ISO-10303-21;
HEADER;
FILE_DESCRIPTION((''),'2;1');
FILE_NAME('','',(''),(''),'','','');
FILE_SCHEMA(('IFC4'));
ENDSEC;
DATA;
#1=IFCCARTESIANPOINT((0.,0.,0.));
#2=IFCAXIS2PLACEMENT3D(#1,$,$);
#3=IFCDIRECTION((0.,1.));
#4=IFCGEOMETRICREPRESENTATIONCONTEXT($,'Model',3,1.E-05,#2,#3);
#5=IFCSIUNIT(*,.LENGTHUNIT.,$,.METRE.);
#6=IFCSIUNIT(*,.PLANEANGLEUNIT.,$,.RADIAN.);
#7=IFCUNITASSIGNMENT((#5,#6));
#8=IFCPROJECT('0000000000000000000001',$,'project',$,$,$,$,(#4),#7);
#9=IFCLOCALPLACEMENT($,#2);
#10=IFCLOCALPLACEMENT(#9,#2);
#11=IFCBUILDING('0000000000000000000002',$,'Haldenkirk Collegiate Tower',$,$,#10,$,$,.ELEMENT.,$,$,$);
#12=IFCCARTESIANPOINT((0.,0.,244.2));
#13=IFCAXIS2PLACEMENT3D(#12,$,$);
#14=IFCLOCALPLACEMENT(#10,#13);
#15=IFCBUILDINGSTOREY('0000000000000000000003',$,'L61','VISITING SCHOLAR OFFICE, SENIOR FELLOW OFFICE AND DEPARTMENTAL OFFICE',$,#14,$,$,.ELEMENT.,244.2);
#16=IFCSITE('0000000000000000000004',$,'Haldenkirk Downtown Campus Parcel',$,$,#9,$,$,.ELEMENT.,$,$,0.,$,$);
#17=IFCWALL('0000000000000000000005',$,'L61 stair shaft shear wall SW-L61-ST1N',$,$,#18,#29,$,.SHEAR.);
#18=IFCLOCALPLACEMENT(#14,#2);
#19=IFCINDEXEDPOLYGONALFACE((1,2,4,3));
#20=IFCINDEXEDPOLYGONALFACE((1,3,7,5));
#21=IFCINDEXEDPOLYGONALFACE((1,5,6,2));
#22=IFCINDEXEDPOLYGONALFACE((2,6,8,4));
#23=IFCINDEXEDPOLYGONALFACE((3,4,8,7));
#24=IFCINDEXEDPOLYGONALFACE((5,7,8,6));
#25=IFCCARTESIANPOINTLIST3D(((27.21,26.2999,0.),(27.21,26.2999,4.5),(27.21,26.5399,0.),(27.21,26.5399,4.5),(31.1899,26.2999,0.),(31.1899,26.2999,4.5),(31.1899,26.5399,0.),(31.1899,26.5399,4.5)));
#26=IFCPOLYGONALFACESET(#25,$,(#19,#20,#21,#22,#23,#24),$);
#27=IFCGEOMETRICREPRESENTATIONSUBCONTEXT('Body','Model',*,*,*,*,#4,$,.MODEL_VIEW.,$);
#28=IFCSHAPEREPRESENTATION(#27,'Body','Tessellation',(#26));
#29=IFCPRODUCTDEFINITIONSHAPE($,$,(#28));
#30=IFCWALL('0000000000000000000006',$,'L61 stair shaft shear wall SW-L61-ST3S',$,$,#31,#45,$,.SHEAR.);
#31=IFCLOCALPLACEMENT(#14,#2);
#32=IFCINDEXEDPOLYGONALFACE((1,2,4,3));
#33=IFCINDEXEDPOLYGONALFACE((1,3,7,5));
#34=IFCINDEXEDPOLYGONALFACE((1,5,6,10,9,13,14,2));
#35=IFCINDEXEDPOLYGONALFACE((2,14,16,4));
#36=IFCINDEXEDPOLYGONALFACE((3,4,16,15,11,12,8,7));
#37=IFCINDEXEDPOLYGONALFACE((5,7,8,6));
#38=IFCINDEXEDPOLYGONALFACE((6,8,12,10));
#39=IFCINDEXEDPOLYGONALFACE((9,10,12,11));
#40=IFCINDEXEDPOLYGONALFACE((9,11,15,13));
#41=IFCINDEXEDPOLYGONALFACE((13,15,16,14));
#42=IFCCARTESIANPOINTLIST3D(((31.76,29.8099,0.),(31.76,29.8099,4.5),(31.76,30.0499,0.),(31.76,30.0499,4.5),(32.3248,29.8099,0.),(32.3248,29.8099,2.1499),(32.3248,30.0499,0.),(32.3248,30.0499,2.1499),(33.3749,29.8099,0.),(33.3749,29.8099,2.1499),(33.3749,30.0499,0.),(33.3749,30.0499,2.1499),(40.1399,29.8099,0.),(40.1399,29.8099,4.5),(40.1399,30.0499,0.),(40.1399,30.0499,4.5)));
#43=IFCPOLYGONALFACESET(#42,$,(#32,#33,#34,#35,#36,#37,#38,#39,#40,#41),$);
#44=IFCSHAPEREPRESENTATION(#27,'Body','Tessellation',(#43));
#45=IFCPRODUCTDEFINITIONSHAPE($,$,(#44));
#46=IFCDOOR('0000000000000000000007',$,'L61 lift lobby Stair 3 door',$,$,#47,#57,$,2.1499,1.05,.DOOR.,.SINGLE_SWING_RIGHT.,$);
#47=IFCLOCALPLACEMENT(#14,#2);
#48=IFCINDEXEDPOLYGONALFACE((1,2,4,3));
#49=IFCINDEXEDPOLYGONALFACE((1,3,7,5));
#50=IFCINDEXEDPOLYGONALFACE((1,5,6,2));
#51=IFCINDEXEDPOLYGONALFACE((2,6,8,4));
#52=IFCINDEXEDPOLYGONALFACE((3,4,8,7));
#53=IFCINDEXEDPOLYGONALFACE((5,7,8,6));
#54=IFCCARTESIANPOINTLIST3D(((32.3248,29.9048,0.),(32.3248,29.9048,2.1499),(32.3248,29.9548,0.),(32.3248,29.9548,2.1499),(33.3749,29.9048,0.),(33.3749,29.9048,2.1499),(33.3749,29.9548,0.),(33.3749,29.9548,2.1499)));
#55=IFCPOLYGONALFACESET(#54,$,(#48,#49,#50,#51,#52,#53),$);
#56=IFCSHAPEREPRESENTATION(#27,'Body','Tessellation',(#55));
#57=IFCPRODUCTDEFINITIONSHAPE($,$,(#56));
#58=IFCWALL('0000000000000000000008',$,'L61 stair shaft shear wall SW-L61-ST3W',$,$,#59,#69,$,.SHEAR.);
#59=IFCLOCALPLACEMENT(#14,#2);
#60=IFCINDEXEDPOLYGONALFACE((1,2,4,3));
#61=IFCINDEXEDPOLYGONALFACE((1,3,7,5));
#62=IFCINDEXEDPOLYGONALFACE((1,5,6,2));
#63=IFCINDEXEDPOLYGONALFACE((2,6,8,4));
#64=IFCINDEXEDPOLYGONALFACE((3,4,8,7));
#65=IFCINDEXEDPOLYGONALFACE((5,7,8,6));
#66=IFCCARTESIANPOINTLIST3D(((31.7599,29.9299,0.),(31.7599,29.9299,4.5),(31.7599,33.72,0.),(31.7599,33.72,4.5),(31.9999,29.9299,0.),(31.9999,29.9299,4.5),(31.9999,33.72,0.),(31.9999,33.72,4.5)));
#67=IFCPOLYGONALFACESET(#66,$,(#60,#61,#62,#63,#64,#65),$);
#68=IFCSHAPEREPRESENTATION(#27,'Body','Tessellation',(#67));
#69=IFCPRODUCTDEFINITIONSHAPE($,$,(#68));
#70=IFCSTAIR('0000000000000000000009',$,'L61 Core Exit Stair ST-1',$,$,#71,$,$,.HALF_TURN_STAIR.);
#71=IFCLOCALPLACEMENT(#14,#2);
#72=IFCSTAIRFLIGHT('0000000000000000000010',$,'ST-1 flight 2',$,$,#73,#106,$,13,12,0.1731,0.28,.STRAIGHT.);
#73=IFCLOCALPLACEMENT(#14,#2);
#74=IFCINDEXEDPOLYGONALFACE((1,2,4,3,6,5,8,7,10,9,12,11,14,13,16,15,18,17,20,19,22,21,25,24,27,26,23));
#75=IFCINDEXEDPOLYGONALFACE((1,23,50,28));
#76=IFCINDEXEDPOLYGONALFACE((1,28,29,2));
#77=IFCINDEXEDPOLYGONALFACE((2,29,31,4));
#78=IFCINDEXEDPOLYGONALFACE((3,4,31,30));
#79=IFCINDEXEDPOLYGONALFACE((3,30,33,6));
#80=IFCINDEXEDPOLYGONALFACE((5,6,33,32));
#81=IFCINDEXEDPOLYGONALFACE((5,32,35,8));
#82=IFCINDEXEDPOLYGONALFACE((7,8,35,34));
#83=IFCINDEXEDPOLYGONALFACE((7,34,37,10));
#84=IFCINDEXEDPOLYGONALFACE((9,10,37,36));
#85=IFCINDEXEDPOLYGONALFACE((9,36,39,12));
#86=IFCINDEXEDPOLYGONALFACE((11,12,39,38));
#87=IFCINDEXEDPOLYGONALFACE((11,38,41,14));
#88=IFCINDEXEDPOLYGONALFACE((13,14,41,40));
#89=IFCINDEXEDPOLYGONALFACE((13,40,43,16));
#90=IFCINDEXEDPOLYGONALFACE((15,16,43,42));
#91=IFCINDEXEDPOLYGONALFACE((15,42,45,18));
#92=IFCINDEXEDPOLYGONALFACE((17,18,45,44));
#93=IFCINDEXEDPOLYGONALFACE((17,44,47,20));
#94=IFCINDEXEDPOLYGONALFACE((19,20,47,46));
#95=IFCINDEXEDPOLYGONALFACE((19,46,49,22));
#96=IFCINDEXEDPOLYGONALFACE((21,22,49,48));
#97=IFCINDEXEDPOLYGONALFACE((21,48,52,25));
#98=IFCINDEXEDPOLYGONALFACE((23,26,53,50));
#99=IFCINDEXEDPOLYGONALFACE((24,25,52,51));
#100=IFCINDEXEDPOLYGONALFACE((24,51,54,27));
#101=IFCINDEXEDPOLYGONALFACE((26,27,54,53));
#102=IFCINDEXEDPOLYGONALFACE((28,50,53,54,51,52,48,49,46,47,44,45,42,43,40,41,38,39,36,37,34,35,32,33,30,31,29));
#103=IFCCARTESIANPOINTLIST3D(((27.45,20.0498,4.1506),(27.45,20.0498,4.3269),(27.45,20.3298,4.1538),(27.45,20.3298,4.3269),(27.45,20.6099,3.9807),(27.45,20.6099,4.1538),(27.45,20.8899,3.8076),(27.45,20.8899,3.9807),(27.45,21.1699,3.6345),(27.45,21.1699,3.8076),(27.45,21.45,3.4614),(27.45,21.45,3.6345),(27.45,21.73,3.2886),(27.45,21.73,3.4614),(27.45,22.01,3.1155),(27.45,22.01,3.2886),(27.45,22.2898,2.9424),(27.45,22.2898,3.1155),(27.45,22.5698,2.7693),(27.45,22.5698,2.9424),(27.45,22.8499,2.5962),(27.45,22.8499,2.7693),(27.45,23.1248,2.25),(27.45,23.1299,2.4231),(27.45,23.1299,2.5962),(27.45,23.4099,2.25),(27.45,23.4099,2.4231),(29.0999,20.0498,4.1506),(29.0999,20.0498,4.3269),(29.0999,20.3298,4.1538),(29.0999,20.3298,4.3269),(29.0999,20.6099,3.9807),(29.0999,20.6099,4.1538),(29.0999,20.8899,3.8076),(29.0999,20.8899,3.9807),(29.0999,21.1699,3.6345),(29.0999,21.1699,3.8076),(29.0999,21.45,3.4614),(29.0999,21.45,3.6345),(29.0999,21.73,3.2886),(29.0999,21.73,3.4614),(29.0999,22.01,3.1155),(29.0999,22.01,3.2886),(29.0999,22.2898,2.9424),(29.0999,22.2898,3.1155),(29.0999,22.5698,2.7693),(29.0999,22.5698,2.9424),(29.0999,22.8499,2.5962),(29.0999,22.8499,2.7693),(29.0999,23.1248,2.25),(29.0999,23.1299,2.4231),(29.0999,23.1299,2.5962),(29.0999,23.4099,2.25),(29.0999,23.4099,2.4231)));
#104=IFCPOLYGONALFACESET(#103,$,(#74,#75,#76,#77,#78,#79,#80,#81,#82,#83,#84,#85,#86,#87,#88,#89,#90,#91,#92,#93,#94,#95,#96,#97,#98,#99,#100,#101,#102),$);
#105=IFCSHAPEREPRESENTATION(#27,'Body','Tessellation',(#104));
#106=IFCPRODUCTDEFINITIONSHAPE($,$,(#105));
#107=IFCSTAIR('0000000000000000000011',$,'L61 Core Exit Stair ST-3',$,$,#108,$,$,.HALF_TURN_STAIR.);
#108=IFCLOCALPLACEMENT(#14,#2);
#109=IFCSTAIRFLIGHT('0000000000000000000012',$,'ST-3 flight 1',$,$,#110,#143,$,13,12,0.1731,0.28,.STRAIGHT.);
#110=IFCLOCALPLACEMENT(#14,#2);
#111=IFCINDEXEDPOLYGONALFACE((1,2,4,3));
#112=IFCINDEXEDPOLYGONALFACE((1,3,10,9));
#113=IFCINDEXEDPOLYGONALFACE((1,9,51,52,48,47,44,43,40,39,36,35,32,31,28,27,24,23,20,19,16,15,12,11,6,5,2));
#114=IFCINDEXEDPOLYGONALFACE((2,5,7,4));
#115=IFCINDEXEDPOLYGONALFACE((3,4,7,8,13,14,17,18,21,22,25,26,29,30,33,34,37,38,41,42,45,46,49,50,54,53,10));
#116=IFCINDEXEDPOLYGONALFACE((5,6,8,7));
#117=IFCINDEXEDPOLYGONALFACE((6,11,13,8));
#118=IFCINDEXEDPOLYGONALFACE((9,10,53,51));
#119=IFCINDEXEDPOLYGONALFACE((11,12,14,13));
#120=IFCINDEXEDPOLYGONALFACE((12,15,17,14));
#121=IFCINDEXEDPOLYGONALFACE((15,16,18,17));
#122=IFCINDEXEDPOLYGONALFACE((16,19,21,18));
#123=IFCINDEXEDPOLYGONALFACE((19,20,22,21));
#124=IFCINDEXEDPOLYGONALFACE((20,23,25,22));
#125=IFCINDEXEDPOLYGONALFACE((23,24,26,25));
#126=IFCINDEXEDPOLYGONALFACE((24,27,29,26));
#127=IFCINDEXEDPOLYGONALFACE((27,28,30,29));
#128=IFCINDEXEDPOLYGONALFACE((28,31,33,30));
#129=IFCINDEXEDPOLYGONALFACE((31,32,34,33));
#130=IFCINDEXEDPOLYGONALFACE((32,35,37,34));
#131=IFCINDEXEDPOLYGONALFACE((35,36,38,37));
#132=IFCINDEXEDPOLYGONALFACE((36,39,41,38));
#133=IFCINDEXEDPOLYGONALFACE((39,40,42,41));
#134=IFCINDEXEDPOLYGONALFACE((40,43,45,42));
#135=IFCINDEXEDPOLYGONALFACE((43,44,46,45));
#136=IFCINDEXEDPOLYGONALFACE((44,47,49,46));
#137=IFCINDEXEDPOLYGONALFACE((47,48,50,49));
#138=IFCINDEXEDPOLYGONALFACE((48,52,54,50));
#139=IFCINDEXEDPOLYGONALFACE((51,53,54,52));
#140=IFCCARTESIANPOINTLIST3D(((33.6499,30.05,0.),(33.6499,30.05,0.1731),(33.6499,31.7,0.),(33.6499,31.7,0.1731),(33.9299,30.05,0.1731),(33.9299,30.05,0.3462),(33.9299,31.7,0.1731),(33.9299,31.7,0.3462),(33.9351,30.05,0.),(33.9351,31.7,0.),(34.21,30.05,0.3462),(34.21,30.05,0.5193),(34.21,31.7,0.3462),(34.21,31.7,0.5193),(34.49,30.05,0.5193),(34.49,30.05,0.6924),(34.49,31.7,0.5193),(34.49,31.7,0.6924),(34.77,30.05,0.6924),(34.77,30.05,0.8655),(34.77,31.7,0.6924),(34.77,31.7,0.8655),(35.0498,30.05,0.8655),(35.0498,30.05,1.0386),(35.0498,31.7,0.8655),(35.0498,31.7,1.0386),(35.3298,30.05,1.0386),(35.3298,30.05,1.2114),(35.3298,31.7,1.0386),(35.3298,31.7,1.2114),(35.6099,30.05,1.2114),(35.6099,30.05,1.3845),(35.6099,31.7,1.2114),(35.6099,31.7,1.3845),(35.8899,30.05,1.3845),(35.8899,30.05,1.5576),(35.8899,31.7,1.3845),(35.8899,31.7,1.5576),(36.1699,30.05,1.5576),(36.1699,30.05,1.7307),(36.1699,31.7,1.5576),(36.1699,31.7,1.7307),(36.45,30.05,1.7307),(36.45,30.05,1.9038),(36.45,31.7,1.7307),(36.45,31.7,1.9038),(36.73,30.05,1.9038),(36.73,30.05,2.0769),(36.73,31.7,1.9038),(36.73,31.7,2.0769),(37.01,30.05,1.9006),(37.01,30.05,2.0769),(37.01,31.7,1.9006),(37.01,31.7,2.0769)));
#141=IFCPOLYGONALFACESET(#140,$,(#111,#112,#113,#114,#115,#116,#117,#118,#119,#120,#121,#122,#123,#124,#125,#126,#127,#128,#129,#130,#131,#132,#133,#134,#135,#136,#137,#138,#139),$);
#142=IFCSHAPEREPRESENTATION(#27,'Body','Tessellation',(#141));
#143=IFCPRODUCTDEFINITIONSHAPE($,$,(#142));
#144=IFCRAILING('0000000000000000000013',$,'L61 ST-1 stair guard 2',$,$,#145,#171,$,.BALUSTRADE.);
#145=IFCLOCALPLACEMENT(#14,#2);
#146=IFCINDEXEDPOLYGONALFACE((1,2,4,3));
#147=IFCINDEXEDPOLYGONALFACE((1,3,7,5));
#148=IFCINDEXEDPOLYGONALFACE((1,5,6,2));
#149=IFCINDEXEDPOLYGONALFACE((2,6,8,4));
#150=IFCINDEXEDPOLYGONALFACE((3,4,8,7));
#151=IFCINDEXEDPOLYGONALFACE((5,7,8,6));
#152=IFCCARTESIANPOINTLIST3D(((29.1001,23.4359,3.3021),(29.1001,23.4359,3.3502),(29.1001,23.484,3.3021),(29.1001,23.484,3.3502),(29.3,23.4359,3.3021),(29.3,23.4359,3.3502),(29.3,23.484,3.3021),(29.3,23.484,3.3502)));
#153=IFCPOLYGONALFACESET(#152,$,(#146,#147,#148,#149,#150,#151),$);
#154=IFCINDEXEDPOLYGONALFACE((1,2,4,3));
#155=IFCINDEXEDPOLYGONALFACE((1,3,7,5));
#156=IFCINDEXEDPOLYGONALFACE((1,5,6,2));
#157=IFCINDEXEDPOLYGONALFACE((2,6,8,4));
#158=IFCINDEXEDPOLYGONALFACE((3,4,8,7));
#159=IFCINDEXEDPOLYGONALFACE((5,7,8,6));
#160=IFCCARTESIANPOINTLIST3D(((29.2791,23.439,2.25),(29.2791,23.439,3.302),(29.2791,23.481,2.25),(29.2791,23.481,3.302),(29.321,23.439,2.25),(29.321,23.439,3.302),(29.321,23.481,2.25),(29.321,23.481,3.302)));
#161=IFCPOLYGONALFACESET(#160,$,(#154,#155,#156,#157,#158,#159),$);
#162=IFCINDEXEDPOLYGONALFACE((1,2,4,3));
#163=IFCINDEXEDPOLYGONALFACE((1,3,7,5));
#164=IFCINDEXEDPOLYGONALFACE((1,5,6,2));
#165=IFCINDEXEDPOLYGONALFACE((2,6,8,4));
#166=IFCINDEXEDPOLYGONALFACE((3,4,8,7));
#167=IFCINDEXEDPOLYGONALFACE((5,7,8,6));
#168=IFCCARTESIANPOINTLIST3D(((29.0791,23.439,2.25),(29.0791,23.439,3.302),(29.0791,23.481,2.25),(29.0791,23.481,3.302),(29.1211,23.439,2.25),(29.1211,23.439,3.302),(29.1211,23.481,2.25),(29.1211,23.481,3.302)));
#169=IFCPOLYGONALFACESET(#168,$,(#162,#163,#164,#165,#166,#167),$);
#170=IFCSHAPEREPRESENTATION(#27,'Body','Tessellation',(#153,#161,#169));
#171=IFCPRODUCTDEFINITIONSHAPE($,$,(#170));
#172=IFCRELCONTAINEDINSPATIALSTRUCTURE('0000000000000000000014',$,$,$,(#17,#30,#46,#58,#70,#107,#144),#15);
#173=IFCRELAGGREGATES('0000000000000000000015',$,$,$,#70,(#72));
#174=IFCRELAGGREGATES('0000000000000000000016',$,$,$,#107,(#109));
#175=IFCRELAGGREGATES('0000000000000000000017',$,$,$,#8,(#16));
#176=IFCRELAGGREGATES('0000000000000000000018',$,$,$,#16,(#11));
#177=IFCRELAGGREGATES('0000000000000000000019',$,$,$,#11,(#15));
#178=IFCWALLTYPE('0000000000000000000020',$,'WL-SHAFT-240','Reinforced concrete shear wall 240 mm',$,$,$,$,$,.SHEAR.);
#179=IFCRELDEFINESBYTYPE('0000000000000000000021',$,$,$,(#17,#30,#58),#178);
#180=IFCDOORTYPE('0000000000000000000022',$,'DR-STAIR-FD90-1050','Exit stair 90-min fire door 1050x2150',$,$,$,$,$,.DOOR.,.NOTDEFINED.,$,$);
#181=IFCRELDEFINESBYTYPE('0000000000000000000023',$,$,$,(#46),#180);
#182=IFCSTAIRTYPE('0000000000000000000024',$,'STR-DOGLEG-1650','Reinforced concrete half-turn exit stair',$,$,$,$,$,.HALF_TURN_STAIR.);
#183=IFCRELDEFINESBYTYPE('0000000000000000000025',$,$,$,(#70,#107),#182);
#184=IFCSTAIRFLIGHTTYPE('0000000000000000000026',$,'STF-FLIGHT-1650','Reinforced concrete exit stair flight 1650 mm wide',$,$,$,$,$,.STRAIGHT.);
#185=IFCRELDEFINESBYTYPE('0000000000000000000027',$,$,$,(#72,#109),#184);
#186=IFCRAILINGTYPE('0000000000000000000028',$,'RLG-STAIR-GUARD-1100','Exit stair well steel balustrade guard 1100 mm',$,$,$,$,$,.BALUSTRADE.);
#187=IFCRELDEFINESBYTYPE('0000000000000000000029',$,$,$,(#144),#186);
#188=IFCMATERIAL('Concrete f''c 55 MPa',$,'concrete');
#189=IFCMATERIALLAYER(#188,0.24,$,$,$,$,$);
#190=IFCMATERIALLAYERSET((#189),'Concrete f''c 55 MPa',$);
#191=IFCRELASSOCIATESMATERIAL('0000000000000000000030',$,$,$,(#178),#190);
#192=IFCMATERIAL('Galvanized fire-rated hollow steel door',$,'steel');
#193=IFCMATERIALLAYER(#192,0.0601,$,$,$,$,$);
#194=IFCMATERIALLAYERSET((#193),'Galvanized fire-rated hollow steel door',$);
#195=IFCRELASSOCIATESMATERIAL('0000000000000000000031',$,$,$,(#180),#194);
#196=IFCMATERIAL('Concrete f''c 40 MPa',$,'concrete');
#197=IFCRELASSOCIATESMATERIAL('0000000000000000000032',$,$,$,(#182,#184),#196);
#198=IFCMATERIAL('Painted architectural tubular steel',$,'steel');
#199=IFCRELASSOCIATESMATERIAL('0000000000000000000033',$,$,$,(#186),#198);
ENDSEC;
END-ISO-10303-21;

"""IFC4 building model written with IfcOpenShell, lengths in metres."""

from ifc_helpers import new_model, si_unit, direction, frame, frame_2d, origin, origin_2d, place, context, subcontext, project, spatial, polyline, rectangle, outline, extrude, material, layer, layer_set, type_object, element, fill, aggregate, save


model = new_model("IFC4")

# Units and contexts
model_context = context("Model", 3, precision=1e-05, world=origin(), true_north=direction((0.0, 1.0)))
body_context = subcontext(model_context, "Body", "Model", "MODEL_VIEW")
ifc_project = project(units=[si_unit("LENGTHUNIT", "METRE"), si_unit("PLANEANGLEUNIT", "RADIAN")], contexts=[model_context])

# Site, building, storey
site_placement = place(None, origin())
site = spatial("IfcSite", under=ifc_project, at=site_placement, Name="Haldenkirk Downtown Campus Parcel", CompositionType="ELEMENT", RefElevation=0.0)
building_placement = place(site_placement, origin())
building = spatial("IfcBuilding", under=site, at=building_placement, Name="Haldenkirk Collegiate Tower", CompositionType="ELEMENT")
storey_placement = place(building_placement, frame((0.0, 0.0, 244.2)))
storey = spatial("IfcBuildingStorey", under=building, at=storey_placement, Name="L61", Description="VISITING SCHOLAR OFFICE, SENIOR FELLOW OFFICE AND DEPARTMENTAL OFFICE", CompositionType="ELEMENT", Elevation=244.2)

# Shared definitions
ifc_material_1 = material(Name="Concrete f'c 55 MPa", Category="concrete")

# Wall
ifc_layer_1 = layer(ifc_material_1, 0.24)
ifc_layer_set_1 = layer_set([ifc_layer_1], Name="Concrete f'c 55 MPa")
wall_type_1 = type_object("IfcWallType", Name="WL-SHAFT-240", Description="Reinforced concrete shear wall 240 mm", PredefinedType="SHEAR", material=ifc_layer_set_1)
wall_1_placement = place(storey_placement, frame((27.21, 26.4199, 0.0), z_axis=(0.0, 0.0, 1.0), x_axis=(1.0, 0.0, 0.0)))
element("IfcWall", 1, at=wall_1_placement, inside=storey, type_object=wall_type_1, Name="L61 stair shaft shear wall SW-L61-ST1N", PredefinedType="SHEAR", context=body_context, shape_type="SweptSolid", body=[
    extrude(rectangle(XDim=3.98, YDim=0.24, at=frame_2d((1.99, 0.0))), origin(), (0.0, 0.0, 1.0), 4.5),
])

# Wall, opening, door
wall_2_placement = place(storey_placement, frame((31.76, 29.9299, 0.0), z_axis=(0.0, 0.0, 1.0), x_axis=(1.0, 0.0, 0.0)))
wall_2 = element("IfcWall", 2, at=wall_2_placement, inside=storey, type_object=wall_type_1, Name="L61 stair shaft shear wall SW-L61-ST3S", PredefinedType="SHEAR", context=body_context, shape_type="SweptSolid", body=[
    extrude(rectangle(XDim=8.3799, YDim=0.24, at=frame_2d((4.1899, 0.0))), origin(), (0.0, 0.0, 1.0), 4.5),
])
opening_1_placement = place(wall_2_placement, frame((0.5649, 0.0, 0.0)))
opening_1 = element("IfcOpeningElement", 3, at=opening_1_placement, cuts=wall_2, PredefinedType="OPENING", context=body_context, shape_type="SweptSolid", body=[
    extrude(rectangle(XDim=1.05, YDim=2.1499, at=frame_2d((0.5249, 1.075))), frame((0.0, 0.1299, 0.0), z_axis=(0.0, -1.0, 0.0), x_axis=(1.0, 0.0, 0.0)), (0.0, 0.0, 1.0), 0.26),
])
ifc_material_2 = material(Name="Galvanized fire-rated hollow steel door", Category="steel")
ifc_layer_2 = layer(ifc_material_2, 0.0601)
ifc_layer_set_2 = layer_set([ifc_layer_2], Name="Galvanized fire-rated hollow steel door")
door_type_1 = type_object("IfcDoorType", Name="DR-STAIR-FD90-1050", Description="Exit stair 90-min fire door 1050x2150", OperationType="NOTDEFINED", PredefinedType="DOOR", material=ifc_layer_set_2)
door_1_placement = place(opening_1_placement, origin())
door_1 = element("IfcDoor", 4, at=door_1_placement, inside=storey, type_object=door_type_1, Name="L61 lift lobby Stair 3 door", OperationType="SINGLE_SWING_RIGHT", OverallHeight=2.1499, OverallWidth=1.05, PredefinedType="DOOR", context=body_context, shape_type="SweptSolid", body=[
    extrude(rectangle(XDim=1.05, YDim=2.1499, at=frame_2d((0.5249, 1.075))), frame((0.0, 0.0249, 0.0), z_axis=(0.0, -1.0, 0.0), x_axis=(1.0, 0.0, 0.0)), (0.0, 0.0, 1.0), 0.05),
])
fill(opening_1, door_1)

# Wall
wall_3_placement = place(storey_placement, frame((31.8799, 29.9299, 0.0), z_axis=(0.0, 0.0, 1.0), x_axis=(0.0, 1.0, 0.0)))
element("IfcWall", 5, at=wall_3_placement, inside=storey, type_object=wall_type_1, Name="L61 stair shaft shear wall SW-L61-ST3W", PredefinedType="SHEAR", context=body_context, shape_type="SweptSolid", body=[
    extrude(rectangle(XDim=3.79, YDim=0.24, at=frame_2d((1.895, 0.0))), origin(), (0.0, 0.0, 1.0), 4.5),
])

# Stairs, stair flights
ifc_material_3 = material(Name="Concrete f'c 40 MPa", Category="concrete")
stair_type = type_object("IfcStairType", Name="STR-DOGLEG-1650", Description="Reinforced concrete half-turn exit stair", PredefinedType="HALF_TURN_STAIR", material=ifc_material_3)
stair_1_placement = place(storey_placement, origin())
stair_1 = element("IfcStair", 6, at=stair_1_placement, inside=storey, type_object=stair_type, Name="L61 Core Exit Stair ST-1", PredefinedType="HALF_TURN_STAIR")
stair_flight_type = type_object("IfcStairFlightType", Name="STF-FLIGHT-1650", Description="Reinforced concrete exit stair flight 1650 mm wide", PredefinedType="STRAIGHT", material=ifc_material_3)
stair_flight_1_placement = place(storey_placement, frame((28.2749, 23.4099, 2.25), z_axis=(0.0, 0.0, 1.0), x_axis=(0.0, -1.0, 0.0)))
stair_flight_1 = element("IfcStairFlight", 7, at=stair_flight_1_placement, type_object=stair_flight_type, Name="ST-1 flight 2", NumberOfRisers=13, NumberOfTreads=12, PredefinedType="STRAIGHT", RiserHeight=0.1731, TreadLength=0.28, context=body_context, shape_type="SweptSolid", body=[
    extrude(outline(polyline([(0.0, 0.0), (0.0, 0.1731), (0.28, 0.1731), (0.28, 0.3462), (0.5601, 0.3462), (0.5601, 0.5193), (0.8401, 0.5193), (0.8401, 0.6924), (1.1201, 0.6924), (1.1201, 0.8655), (1.3999, 0.8655), (1.3999, 1.0386), (1.6799, 1.0386), (1.6799, 1.2114), (1.96, 1.2114), (1.96, 1.3845), (2.24, 1.3845), (2.24, 1.5576), (2.52, 1.5576), (2.52, 1.7307), (2.8, 1.7307), (2.8, 1.9038), (3.0801, 1.9038), (3.0801, 2.0769), (3.3601, 2.0769), (3.3601, 2.25), (3.3601, 1.9006), (0.2852, 0.0), (0.0, 0.0)])), frame((0.0, 0.825, 0.0), z_axis=(0.0, -1.0, 0.0), x_axis=(1.0, 0.0, 0.0)), (0.0, 0.0, 1.0), 1.6499),
])
aggregate(stair_1, [stair_flight_1])
stair_2_placement = place(storey_placement, origin())
stair_2 = element("IfcStair", 8, at=stair_2_placement, inside=storey, type_object=stair_type, Name="L61 Core Exit Stair ST-3", PredefinedType="HALF_TURN_STAIR")
stair_flight_2_placement = place(storey_placement, frame((33.6499, 30.875, 0.0), z_axis=(0.0, 0.0, 1.0), x_axis=(1.0, 0.0, 0.0)))
stair_flight_2 = element("IfcStairFlight", 9, at=stair_flight_2_placement, type_object=stair_flight_type, Name="ST-3 flight 1", NumberOfRisers=13, NumberOfTreads=12, PredefinedType="STRAIGHT", RiserHeight=0.1731, TreadLength=0.28, context=body_context, shape_type="SweptSolid", body=[
    extrude(outline(polyline([(0.0, 0.0), (0.0, 0.1731), (0.28, 0.1731), (0.28, 0.3462), (0.5601, 0.3462), (0.5601, 0.5193), (0.8401, 0.5193), (0.8401, 0.6924), (1.1201, 0.6924), (1.1201, 0.8655), (1.3999, 0.8655), (1.3999, 1.0386), (1.6799, 1.0386), (1.6799, 1.2114), (1.96, 1.2114), (1.96, 1.3845), (2.24, 1.3845), (2.24, 1.5576), (2.52, 1.5576), (2.52, 1.7307), (2.8, 1.7307), (2.8, 1.9038), (3.0801, 1.9038), (3.0801, 2.0769), (3.3601, 2.0769), (3.3601, 2.25), (3.3601, 1.9006), (0.2852, 0.0), (0.0, 0.0)])), frame((0.0, 0.825, 0.0), z_axis=(0.0, -1.0, 0.0), x_axis=(1.0, 0.0, 0.0)), (0.0, 0.0, 1.0), 1.6499),
])
aggregate(stair_2, [stair_flight_2])

# Railing
ifc_material_4 = material(Name="Painted architectural tubular steel", Category="steel")
railing_type_1 = type_object("IfcRailingType", Name="RLG-STAIR-GUARD-1100", Description="Exit stair well steel balustrade guard 1100 mm", PredefinedType="BALUSTRADE", material=ifc_material_4)
railing_1_placement = place(storey_placement, frame((29.3, 23.46, 2.25)))
element("IfcRailing", 10, at=railing_1_placement, inside=storey, type_object=railing_type_1, Name="L61 ST-1 stair guard 2", PredefinedType="BALUSTRADE", context=body_context, shape_type="SweptSolid", body=[
    extrude(rectangle(XDim=0.0481, YDim=0.0481, at=origin_2d()), frame((0.0, 0.0, 1.0762), z_axis=(-1.0, 0.0, 0.0), x_axis=(0.0, -1.0, 0.0)), (0.0, 0.0, 1.0), 0.2),
    extrude(rectangle(XDim=0.042, YDim=0.042, at=origin_2d()), origin(), (0.0, 0.0, 1.0), 1.052),
    extrude(rectangle(XDim=0.042, YDim=0.042, at=origin_2d()), frame((-0.2, 0.0, 0.0)), (0.0, 0.0, 1.0), 1.052),
])

save(model, "model.ifc")
